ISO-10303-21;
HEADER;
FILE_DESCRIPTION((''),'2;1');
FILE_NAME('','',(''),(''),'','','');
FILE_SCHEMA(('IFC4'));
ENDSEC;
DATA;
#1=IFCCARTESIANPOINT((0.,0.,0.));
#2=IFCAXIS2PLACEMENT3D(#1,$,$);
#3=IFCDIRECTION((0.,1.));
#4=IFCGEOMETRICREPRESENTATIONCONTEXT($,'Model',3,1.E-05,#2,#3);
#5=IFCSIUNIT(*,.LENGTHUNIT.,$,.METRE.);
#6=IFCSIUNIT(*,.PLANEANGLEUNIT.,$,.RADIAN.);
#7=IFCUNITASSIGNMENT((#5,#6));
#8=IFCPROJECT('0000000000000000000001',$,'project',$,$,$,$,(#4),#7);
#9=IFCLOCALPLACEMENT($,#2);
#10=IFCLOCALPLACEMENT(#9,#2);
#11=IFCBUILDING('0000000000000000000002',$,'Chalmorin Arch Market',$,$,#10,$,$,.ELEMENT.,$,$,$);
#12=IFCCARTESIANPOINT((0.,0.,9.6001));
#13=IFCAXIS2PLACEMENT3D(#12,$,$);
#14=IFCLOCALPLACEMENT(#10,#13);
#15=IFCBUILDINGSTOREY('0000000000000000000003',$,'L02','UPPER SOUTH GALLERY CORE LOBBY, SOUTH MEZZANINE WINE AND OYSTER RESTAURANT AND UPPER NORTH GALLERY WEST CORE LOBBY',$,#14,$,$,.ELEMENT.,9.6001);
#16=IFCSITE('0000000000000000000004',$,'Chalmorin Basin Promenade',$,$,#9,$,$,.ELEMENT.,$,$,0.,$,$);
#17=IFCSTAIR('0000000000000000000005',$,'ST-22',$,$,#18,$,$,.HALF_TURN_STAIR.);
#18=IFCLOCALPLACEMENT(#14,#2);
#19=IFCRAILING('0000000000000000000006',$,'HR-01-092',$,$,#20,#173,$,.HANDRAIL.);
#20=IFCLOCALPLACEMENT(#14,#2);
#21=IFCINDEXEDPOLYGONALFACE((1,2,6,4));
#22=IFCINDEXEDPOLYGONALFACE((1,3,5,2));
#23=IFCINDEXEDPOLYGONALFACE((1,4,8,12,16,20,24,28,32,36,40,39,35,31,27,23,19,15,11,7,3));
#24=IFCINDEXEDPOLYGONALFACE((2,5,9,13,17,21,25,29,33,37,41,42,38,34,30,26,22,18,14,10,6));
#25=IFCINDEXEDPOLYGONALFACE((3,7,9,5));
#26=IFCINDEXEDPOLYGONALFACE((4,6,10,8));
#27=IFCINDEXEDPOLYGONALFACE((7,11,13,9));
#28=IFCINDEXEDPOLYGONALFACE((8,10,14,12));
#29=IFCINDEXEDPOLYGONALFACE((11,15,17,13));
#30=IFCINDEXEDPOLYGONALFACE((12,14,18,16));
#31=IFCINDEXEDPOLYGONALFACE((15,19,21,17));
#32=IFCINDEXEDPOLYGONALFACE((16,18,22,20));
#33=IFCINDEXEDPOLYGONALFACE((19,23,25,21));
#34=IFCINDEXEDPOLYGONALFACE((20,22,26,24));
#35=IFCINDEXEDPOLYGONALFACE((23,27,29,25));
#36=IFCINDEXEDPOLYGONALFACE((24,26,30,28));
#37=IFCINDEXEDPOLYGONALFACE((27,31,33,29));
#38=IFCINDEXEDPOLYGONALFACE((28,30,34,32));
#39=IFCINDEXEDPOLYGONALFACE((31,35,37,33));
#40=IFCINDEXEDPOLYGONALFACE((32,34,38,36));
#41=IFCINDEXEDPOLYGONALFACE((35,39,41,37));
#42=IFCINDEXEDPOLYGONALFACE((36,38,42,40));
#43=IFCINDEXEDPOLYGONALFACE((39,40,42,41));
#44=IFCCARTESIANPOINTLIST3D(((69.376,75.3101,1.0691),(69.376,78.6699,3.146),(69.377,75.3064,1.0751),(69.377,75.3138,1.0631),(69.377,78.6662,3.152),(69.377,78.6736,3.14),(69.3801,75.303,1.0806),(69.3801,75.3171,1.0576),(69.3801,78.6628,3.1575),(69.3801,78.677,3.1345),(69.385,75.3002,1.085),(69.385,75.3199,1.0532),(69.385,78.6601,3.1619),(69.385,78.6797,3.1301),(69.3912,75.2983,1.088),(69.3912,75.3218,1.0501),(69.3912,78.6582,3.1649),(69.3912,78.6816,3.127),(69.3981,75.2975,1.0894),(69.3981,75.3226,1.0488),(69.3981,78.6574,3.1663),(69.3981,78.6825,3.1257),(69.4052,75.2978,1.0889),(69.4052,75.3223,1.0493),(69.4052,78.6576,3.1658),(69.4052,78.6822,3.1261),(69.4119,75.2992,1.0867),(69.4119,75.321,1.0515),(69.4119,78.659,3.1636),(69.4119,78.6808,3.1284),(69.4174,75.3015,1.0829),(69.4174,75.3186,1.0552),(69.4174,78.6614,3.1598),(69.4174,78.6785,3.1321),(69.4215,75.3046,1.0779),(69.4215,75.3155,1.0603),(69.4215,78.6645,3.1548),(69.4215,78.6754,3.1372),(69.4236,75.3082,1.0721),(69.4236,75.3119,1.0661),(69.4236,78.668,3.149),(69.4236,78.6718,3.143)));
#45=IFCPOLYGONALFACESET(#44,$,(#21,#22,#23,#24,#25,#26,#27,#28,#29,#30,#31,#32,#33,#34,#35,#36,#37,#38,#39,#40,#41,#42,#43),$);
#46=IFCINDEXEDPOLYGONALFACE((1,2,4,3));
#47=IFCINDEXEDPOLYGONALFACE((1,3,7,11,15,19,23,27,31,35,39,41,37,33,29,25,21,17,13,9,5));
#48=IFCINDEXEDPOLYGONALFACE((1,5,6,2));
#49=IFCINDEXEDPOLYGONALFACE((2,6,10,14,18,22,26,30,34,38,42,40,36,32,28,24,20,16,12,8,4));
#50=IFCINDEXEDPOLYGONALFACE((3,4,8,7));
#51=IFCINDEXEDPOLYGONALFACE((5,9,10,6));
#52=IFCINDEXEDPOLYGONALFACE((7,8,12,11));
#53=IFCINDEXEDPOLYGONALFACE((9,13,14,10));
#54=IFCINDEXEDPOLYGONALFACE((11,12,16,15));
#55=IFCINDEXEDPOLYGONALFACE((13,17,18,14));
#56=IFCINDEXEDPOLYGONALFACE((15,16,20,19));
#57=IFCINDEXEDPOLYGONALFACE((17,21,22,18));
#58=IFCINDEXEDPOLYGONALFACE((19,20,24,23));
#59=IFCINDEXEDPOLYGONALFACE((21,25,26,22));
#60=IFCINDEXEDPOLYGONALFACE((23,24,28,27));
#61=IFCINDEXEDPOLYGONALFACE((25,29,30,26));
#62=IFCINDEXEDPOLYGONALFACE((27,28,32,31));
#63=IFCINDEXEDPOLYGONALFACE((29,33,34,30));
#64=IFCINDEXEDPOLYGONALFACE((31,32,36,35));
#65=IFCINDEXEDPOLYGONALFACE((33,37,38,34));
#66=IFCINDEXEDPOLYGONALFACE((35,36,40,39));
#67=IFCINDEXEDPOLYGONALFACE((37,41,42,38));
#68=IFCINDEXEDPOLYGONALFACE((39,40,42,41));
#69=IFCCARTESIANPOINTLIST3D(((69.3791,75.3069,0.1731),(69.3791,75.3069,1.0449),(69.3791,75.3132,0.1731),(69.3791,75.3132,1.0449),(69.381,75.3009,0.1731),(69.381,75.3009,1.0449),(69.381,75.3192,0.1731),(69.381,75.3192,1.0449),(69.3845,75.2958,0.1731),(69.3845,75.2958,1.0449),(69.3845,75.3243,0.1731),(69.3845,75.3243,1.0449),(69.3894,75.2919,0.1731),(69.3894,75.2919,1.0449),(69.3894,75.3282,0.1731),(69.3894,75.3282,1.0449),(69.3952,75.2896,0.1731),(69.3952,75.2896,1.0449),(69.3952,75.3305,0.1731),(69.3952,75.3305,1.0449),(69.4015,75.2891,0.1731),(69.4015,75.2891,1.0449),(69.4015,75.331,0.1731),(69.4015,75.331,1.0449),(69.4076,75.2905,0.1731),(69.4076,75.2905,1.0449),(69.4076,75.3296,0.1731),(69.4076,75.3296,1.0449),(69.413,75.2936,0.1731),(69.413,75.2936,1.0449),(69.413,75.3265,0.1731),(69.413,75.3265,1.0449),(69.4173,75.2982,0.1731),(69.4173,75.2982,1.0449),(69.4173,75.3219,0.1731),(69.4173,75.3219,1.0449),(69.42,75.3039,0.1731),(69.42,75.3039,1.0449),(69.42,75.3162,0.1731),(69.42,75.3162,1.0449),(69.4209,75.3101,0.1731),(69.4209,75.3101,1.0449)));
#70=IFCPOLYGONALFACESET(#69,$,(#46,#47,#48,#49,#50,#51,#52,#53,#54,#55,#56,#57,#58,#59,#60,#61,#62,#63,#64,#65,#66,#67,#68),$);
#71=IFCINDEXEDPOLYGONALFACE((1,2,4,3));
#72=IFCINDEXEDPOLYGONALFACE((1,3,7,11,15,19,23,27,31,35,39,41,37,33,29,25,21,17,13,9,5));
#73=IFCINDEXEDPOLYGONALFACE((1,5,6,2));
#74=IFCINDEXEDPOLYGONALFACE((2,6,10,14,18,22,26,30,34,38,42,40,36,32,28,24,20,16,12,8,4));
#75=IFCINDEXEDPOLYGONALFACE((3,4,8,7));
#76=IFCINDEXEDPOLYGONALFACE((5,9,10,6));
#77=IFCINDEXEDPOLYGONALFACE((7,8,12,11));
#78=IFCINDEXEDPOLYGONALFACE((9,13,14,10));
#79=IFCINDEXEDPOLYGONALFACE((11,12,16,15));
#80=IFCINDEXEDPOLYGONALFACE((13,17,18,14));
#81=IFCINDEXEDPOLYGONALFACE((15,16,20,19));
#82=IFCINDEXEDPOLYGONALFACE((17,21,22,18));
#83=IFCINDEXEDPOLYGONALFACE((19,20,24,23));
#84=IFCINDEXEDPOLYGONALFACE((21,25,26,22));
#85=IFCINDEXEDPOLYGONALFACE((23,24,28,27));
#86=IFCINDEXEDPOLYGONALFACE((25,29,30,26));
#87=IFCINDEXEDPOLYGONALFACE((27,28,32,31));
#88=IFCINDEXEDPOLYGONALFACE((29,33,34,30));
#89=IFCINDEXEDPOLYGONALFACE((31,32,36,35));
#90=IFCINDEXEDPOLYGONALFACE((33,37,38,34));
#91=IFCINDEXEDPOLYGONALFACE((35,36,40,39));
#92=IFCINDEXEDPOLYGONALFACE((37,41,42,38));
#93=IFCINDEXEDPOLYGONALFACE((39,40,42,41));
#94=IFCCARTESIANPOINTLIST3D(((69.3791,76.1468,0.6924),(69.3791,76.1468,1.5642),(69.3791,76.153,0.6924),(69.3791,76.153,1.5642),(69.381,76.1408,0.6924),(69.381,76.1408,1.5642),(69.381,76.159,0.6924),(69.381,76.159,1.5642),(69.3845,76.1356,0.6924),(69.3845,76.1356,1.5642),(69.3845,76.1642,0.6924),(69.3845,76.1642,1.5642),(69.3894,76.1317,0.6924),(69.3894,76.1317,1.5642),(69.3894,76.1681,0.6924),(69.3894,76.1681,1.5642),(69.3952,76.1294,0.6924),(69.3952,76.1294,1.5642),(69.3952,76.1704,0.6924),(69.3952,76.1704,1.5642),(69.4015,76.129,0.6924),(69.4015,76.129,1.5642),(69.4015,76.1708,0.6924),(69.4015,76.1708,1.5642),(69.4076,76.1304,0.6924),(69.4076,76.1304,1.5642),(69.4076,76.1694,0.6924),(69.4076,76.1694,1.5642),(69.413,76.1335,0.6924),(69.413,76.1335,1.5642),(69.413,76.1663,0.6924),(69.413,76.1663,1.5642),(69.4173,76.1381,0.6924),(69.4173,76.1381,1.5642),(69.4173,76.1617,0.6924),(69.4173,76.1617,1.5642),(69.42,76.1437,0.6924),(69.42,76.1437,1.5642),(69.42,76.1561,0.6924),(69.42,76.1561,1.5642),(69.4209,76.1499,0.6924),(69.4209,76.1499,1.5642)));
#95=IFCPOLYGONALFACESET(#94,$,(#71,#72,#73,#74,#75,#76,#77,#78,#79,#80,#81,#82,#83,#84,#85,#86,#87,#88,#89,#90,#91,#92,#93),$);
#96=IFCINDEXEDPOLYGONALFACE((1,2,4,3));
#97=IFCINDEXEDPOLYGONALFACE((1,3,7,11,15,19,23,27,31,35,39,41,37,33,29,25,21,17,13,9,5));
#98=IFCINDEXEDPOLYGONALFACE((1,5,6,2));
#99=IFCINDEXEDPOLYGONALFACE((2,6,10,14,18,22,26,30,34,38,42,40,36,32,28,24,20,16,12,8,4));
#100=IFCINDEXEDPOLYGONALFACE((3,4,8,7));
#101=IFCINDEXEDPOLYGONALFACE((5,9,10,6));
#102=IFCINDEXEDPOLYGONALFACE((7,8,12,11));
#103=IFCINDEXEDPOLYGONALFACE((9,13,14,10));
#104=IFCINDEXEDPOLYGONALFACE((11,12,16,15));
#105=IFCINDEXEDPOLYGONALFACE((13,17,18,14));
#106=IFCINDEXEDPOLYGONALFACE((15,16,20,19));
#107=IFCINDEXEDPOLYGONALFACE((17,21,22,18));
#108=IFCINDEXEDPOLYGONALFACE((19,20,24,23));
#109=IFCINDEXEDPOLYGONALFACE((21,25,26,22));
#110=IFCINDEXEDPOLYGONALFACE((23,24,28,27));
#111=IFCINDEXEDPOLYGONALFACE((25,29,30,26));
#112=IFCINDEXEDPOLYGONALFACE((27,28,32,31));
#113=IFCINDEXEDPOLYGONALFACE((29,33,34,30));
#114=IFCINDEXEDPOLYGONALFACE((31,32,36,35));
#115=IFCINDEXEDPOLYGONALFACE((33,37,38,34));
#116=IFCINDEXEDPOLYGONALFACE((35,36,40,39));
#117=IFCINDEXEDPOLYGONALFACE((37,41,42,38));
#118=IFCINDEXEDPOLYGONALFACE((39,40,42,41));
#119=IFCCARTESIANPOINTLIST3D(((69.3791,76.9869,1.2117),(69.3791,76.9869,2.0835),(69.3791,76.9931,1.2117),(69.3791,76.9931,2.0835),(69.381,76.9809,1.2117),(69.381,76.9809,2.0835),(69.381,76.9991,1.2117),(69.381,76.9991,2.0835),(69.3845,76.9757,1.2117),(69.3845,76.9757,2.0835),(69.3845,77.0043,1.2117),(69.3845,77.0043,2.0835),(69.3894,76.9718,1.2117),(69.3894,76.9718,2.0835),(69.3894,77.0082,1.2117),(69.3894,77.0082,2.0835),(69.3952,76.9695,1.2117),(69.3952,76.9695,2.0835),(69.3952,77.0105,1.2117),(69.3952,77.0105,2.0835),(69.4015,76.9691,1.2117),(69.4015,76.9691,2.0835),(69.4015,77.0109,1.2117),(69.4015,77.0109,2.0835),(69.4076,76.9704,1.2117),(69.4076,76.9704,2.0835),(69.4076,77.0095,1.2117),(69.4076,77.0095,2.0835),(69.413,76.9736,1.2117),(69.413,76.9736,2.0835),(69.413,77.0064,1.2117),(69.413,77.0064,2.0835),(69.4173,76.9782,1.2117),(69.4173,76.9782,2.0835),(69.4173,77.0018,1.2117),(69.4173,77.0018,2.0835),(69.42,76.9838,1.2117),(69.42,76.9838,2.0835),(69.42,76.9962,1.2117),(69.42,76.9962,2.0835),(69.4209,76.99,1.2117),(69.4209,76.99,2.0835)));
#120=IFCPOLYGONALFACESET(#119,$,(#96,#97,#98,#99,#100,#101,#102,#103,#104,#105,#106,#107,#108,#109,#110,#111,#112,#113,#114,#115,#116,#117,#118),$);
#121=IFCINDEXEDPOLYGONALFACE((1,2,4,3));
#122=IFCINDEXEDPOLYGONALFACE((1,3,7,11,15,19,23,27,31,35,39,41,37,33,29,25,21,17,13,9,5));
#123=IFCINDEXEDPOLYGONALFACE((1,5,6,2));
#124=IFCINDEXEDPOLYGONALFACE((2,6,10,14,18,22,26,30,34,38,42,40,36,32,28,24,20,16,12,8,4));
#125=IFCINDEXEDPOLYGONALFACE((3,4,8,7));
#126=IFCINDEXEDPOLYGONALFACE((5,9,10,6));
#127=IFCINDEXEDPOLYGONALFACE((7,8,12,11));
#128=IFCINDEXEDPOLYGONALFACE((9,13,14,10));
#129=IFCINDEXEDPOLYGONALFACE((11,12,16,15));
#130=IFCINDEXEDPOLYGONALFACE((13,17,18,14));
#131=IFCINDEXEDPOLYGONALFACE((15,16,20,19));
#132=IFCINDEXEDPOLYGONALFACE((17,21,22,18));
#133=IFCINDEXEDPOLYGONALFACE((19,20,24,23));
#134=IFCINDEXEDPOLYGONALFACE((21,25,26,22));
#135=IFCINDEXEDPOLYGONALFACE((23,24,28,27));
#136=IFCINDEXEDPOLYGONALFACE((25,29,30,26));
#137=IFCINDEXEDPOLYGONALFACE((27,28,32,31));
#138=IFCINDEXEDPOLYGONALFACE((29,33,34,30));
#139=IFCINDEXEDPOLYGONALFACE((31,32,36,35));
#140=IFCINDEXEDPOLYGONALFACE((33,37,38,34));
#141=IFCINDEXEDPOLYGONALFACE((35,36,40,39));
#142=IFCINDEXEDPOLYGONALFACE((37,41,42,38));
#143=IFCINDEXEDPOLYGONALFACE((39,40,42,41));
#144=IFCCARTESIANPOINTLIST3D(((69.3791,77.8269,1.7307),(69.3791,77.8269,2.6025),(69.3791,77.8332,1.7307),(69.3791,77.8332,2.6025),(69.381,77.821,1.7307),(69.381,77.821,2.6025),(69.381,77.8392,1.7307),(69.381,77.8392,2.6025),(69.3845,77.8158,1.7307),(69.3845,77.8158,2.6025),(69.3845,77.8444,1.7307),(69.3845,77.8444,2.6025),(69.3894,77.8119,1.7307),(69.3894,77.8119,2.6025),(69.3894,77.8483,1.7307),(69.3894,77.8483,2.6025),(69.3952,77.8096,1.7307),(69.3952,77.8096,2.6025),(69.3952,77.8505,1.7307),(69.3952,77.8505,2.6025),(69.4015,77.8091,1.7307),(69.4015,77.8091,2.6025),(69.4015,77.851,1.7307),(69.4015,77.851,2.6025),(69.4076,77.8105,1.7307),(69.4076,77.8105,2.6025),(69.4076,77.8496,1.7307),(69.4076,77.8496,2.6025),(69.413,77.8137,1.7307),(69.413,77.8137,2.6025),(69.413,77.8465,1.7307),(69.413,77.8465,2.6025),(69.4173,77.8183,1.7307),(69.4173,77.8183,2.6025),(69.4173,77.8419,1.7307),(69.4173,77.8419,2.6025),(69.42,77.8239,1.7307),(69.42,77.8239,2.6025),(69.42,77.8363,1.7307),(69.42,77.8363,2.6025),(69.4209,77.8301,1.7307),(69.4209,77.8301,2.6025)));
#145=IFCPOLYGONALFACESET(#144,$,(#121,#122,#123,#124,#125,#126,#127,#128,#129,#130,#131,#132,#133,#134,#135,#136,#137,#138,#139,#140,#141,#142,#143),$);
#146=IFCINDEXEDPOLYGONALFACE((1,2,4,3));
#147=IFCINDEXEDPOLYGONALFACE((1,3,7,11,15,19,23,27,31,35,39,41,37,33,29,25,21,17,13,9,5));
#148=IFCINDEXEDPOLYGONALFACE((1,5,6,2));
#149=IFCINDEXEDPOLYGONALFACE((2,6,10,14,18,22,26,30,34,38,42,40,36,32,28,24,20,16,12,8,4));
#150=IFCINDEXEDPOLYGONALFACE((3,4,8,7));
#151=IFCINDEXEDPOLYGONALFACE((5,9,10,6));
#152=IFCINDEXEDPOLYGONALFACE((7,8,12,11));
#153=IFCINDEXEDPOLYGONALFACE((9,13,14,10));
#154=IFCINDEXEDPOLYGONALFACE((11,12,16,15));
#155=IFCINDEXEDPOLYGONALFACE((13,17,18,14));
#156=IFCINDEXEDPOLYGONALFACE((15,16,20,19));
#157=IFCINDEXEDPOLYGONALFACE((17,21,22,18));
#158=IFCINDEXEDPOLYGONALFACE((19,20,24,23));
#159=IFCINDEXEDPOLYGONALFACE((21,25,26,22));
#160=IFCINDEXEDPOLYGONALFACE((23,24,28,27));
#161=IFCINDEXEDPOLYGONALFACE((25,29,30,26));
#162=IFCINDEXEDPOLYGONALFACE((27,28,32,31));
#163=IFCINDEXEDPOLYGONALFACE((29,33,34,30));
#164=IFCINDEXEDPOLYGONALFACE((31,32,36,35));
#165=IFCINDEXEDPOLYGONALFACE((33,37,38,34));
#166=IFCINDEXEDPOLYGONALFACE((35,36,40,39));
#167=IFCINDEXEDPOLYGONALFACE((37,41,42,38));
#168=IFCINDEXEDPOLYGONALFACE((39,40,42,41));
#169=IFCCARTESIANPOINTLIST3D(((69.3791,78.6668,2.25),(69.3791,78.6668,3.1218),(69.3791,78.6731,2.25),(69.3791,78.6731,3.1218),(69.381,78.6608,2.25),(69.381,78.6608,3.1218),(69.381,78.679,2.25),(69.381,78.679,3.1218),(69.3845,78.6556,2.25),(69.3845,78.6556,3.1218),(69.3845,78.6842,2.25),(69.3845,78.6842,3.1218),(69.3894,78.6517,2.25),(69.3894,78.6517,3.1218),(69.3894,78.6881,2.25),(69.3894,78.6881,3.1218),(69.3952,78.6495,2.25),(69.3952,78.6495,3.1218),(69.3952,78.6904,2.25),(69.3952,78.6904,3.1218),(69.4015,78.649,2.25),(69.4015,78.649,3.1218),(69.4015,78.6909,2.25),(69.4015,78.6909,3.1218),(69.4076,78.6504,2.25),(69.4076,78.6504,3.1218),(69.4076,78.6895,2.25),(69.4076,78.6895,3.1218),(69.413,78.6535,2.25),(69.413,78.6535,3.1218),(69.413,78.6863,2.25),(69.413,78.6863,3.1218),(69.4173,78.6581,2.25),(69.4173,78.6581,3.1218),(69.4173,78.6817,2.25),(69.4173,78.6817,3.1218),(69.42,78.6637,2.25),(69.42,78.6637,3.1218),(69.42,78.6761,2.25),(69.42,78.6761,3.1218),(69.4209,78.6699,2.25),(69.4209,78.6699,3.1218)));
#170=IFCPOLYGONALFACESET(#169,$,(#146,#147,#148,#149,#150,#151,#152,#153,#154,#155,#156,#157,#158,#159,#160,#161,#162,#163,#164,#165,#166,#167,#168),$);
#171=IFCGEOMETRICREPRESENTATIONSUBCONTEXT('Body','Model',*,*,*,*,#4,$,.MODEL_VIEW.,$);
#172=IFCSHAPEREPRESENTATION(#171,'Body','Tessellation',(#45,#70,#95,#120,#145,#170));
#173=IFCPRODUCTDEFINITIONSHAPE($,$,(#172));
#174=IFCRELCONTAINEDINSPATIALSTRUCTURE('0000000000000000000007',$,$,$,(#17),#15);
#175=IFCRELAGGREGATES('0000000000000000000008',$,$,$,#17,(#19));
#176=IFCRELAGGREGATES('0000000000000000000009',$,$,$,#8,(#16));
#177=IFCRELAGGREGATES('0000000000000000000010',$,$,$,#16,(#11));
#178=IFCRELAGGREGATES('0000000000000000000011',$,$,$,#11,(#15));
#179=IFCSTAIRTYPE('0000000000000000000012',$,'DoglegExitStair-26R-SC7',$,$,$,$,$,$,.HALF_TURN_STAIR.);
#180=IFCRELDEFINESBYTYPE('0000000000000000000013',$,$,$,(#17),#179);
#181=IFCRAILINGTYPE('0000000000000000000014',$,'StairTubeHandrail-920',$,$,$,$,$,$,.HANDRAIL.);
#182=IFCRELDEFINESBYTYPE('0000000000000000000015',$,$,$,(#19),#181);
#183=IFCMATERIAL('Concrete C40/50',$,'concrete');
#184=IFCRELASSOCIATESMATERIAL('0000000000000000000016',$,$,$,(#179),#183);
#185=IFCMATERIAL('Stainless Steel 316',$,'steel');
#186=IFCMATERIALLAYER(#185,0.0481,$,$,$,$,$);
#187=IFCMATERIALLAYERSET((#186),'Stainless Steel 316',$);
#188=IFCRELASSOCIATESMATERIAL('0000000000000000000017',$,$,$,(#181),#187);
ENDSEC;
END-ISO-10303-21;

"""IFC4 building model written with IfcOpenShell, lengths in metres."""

from ifc_helpers import new_model, si_unit, direction, frame, origin, origin_2d, place, context, subcontext, project, spatial, circle, extrude, material, layer, layer_set, type_object, element, aggregate, save


model = new_model("IFC4")

# Units and contexts
model_context = context("Model", 3, precision=1e-05, world=origin(), true_north=direction((0.0, 1.0)))
body_context = subcontext(model_context, "Body", "Model", "MODEL_VIEW")
ifc_project = project(units=[si_unit("LENGTHUNIT", "METRE"), si_unit("PLANEANGLEUNIT", "RADIAN")], contexts=[model_context])

# Site, building, storey
site_placement = place(None, origin())
site = spatial("IfcSite", under=ifc_project, at=site_placement, Name="Chalmorin Basin Promenade", CompositionType="ELEMENT", RefElevation=0.0)
building_placement = place(site_placement, origin())
building = spatial("IfcBuilding", under=site, at=building_placement, Name="Chalmorin Arch Market", CompositionType="ELEMENT")
storey_placement = place(building_placement, frame((0.0, 0.0, 9.6001)))
storey = spatial("IfcBuildingStorey", under=building, at=storey_placement, Name="L02", Description="UPPER SOUTH GALLERY CORE LOBBY, SOUTH MEZZANINE WINE AND OYSTER RESTAURANT AND UPPER NORTH GALLERY WEST CORE LOBBY", CompositionType="ELEMENT", Elevation=9.6001)

# Shared definitions
ifc_material_1 = material(Name="Concrete C40/50", Category="concrete")

# Shared definitions
ifc_material_2 = material(Name="Stainless Steel 316", Category="steel")

# Stair, railing
stair_type = type_object("IfcStairType", Name="DoglegExitStair-26R-SC7", PredefinedType="HALF_TURN_STAIR", material=ifc_material_1)
stair_placement = place(storey_placement, origin())
stair = element("IfcStair", 1, at=stair_placement, inside=storey, type_object=stair_type, Name="ST-22", PredefinedType="HALF_TURN_STAIR")
ifc_layer_1 = layer(ifc_material_2, 0.0481)
ifc_layer_set_1 = layer_set([ifc_layer_1], Name="Stainless Steel 316")
railing_type_1 = type_object("IfcRailingType", Name="StairTubeHandrail-920", PredefinedType="HANDRAIL", material=ifc_layer_set_1)
railing_1_placement = place(storey_placement, frame((69.3999, 75.3101, 0.1731)))
railing_1 = element("IfcRailing", 2, at=railing_1_placement, type_object=railing_type_1, Name="HR-01-092", PredefinedType="HANDRAIL", context=body_context, shape_type="SweptSolid", body=[
    extrude(circle(Radius=0.0239, at=origin_2d()), frame((0.0, 0.0, 0.896), z_axis=(0.0, 0.850606, 0.525803), x_axis=(-1.0, 0.0, 0.0)), (0.0, 0.0, 1.0), 3.95),
    extrude(circle(Radius=0.021, at=origin_2d()), origin(), (0.0, 0.0, 1.0), 0.8718),
    extrude(circle(Radius=0.021, at=origin_2d()), frame((0.0, 0.8398, 0.5193)), (0.0, 0.0, 1.0), 0.8718),
    extrude(circle(Radius=0.021, at=origin_2d()), frame((0.0, 1.6799, 1.0386)), (0.0, 0.0, 1.0), 0.8718),
    extrude(circle(Radius=0.021, at=origin_2d()), frame((0.0, 2.52, 1.5576)), (0.0, 0.0, 1.0), 0.8718),
    extrude(circle(Radius=0.021, at=origin_2d()), frame((0.0, 3.3599, 2.0769)), (0.0, 0.0, 1.0), 0.8718),
])
aggregate(stair, [railing_1])

save(model, "model.ifc")
